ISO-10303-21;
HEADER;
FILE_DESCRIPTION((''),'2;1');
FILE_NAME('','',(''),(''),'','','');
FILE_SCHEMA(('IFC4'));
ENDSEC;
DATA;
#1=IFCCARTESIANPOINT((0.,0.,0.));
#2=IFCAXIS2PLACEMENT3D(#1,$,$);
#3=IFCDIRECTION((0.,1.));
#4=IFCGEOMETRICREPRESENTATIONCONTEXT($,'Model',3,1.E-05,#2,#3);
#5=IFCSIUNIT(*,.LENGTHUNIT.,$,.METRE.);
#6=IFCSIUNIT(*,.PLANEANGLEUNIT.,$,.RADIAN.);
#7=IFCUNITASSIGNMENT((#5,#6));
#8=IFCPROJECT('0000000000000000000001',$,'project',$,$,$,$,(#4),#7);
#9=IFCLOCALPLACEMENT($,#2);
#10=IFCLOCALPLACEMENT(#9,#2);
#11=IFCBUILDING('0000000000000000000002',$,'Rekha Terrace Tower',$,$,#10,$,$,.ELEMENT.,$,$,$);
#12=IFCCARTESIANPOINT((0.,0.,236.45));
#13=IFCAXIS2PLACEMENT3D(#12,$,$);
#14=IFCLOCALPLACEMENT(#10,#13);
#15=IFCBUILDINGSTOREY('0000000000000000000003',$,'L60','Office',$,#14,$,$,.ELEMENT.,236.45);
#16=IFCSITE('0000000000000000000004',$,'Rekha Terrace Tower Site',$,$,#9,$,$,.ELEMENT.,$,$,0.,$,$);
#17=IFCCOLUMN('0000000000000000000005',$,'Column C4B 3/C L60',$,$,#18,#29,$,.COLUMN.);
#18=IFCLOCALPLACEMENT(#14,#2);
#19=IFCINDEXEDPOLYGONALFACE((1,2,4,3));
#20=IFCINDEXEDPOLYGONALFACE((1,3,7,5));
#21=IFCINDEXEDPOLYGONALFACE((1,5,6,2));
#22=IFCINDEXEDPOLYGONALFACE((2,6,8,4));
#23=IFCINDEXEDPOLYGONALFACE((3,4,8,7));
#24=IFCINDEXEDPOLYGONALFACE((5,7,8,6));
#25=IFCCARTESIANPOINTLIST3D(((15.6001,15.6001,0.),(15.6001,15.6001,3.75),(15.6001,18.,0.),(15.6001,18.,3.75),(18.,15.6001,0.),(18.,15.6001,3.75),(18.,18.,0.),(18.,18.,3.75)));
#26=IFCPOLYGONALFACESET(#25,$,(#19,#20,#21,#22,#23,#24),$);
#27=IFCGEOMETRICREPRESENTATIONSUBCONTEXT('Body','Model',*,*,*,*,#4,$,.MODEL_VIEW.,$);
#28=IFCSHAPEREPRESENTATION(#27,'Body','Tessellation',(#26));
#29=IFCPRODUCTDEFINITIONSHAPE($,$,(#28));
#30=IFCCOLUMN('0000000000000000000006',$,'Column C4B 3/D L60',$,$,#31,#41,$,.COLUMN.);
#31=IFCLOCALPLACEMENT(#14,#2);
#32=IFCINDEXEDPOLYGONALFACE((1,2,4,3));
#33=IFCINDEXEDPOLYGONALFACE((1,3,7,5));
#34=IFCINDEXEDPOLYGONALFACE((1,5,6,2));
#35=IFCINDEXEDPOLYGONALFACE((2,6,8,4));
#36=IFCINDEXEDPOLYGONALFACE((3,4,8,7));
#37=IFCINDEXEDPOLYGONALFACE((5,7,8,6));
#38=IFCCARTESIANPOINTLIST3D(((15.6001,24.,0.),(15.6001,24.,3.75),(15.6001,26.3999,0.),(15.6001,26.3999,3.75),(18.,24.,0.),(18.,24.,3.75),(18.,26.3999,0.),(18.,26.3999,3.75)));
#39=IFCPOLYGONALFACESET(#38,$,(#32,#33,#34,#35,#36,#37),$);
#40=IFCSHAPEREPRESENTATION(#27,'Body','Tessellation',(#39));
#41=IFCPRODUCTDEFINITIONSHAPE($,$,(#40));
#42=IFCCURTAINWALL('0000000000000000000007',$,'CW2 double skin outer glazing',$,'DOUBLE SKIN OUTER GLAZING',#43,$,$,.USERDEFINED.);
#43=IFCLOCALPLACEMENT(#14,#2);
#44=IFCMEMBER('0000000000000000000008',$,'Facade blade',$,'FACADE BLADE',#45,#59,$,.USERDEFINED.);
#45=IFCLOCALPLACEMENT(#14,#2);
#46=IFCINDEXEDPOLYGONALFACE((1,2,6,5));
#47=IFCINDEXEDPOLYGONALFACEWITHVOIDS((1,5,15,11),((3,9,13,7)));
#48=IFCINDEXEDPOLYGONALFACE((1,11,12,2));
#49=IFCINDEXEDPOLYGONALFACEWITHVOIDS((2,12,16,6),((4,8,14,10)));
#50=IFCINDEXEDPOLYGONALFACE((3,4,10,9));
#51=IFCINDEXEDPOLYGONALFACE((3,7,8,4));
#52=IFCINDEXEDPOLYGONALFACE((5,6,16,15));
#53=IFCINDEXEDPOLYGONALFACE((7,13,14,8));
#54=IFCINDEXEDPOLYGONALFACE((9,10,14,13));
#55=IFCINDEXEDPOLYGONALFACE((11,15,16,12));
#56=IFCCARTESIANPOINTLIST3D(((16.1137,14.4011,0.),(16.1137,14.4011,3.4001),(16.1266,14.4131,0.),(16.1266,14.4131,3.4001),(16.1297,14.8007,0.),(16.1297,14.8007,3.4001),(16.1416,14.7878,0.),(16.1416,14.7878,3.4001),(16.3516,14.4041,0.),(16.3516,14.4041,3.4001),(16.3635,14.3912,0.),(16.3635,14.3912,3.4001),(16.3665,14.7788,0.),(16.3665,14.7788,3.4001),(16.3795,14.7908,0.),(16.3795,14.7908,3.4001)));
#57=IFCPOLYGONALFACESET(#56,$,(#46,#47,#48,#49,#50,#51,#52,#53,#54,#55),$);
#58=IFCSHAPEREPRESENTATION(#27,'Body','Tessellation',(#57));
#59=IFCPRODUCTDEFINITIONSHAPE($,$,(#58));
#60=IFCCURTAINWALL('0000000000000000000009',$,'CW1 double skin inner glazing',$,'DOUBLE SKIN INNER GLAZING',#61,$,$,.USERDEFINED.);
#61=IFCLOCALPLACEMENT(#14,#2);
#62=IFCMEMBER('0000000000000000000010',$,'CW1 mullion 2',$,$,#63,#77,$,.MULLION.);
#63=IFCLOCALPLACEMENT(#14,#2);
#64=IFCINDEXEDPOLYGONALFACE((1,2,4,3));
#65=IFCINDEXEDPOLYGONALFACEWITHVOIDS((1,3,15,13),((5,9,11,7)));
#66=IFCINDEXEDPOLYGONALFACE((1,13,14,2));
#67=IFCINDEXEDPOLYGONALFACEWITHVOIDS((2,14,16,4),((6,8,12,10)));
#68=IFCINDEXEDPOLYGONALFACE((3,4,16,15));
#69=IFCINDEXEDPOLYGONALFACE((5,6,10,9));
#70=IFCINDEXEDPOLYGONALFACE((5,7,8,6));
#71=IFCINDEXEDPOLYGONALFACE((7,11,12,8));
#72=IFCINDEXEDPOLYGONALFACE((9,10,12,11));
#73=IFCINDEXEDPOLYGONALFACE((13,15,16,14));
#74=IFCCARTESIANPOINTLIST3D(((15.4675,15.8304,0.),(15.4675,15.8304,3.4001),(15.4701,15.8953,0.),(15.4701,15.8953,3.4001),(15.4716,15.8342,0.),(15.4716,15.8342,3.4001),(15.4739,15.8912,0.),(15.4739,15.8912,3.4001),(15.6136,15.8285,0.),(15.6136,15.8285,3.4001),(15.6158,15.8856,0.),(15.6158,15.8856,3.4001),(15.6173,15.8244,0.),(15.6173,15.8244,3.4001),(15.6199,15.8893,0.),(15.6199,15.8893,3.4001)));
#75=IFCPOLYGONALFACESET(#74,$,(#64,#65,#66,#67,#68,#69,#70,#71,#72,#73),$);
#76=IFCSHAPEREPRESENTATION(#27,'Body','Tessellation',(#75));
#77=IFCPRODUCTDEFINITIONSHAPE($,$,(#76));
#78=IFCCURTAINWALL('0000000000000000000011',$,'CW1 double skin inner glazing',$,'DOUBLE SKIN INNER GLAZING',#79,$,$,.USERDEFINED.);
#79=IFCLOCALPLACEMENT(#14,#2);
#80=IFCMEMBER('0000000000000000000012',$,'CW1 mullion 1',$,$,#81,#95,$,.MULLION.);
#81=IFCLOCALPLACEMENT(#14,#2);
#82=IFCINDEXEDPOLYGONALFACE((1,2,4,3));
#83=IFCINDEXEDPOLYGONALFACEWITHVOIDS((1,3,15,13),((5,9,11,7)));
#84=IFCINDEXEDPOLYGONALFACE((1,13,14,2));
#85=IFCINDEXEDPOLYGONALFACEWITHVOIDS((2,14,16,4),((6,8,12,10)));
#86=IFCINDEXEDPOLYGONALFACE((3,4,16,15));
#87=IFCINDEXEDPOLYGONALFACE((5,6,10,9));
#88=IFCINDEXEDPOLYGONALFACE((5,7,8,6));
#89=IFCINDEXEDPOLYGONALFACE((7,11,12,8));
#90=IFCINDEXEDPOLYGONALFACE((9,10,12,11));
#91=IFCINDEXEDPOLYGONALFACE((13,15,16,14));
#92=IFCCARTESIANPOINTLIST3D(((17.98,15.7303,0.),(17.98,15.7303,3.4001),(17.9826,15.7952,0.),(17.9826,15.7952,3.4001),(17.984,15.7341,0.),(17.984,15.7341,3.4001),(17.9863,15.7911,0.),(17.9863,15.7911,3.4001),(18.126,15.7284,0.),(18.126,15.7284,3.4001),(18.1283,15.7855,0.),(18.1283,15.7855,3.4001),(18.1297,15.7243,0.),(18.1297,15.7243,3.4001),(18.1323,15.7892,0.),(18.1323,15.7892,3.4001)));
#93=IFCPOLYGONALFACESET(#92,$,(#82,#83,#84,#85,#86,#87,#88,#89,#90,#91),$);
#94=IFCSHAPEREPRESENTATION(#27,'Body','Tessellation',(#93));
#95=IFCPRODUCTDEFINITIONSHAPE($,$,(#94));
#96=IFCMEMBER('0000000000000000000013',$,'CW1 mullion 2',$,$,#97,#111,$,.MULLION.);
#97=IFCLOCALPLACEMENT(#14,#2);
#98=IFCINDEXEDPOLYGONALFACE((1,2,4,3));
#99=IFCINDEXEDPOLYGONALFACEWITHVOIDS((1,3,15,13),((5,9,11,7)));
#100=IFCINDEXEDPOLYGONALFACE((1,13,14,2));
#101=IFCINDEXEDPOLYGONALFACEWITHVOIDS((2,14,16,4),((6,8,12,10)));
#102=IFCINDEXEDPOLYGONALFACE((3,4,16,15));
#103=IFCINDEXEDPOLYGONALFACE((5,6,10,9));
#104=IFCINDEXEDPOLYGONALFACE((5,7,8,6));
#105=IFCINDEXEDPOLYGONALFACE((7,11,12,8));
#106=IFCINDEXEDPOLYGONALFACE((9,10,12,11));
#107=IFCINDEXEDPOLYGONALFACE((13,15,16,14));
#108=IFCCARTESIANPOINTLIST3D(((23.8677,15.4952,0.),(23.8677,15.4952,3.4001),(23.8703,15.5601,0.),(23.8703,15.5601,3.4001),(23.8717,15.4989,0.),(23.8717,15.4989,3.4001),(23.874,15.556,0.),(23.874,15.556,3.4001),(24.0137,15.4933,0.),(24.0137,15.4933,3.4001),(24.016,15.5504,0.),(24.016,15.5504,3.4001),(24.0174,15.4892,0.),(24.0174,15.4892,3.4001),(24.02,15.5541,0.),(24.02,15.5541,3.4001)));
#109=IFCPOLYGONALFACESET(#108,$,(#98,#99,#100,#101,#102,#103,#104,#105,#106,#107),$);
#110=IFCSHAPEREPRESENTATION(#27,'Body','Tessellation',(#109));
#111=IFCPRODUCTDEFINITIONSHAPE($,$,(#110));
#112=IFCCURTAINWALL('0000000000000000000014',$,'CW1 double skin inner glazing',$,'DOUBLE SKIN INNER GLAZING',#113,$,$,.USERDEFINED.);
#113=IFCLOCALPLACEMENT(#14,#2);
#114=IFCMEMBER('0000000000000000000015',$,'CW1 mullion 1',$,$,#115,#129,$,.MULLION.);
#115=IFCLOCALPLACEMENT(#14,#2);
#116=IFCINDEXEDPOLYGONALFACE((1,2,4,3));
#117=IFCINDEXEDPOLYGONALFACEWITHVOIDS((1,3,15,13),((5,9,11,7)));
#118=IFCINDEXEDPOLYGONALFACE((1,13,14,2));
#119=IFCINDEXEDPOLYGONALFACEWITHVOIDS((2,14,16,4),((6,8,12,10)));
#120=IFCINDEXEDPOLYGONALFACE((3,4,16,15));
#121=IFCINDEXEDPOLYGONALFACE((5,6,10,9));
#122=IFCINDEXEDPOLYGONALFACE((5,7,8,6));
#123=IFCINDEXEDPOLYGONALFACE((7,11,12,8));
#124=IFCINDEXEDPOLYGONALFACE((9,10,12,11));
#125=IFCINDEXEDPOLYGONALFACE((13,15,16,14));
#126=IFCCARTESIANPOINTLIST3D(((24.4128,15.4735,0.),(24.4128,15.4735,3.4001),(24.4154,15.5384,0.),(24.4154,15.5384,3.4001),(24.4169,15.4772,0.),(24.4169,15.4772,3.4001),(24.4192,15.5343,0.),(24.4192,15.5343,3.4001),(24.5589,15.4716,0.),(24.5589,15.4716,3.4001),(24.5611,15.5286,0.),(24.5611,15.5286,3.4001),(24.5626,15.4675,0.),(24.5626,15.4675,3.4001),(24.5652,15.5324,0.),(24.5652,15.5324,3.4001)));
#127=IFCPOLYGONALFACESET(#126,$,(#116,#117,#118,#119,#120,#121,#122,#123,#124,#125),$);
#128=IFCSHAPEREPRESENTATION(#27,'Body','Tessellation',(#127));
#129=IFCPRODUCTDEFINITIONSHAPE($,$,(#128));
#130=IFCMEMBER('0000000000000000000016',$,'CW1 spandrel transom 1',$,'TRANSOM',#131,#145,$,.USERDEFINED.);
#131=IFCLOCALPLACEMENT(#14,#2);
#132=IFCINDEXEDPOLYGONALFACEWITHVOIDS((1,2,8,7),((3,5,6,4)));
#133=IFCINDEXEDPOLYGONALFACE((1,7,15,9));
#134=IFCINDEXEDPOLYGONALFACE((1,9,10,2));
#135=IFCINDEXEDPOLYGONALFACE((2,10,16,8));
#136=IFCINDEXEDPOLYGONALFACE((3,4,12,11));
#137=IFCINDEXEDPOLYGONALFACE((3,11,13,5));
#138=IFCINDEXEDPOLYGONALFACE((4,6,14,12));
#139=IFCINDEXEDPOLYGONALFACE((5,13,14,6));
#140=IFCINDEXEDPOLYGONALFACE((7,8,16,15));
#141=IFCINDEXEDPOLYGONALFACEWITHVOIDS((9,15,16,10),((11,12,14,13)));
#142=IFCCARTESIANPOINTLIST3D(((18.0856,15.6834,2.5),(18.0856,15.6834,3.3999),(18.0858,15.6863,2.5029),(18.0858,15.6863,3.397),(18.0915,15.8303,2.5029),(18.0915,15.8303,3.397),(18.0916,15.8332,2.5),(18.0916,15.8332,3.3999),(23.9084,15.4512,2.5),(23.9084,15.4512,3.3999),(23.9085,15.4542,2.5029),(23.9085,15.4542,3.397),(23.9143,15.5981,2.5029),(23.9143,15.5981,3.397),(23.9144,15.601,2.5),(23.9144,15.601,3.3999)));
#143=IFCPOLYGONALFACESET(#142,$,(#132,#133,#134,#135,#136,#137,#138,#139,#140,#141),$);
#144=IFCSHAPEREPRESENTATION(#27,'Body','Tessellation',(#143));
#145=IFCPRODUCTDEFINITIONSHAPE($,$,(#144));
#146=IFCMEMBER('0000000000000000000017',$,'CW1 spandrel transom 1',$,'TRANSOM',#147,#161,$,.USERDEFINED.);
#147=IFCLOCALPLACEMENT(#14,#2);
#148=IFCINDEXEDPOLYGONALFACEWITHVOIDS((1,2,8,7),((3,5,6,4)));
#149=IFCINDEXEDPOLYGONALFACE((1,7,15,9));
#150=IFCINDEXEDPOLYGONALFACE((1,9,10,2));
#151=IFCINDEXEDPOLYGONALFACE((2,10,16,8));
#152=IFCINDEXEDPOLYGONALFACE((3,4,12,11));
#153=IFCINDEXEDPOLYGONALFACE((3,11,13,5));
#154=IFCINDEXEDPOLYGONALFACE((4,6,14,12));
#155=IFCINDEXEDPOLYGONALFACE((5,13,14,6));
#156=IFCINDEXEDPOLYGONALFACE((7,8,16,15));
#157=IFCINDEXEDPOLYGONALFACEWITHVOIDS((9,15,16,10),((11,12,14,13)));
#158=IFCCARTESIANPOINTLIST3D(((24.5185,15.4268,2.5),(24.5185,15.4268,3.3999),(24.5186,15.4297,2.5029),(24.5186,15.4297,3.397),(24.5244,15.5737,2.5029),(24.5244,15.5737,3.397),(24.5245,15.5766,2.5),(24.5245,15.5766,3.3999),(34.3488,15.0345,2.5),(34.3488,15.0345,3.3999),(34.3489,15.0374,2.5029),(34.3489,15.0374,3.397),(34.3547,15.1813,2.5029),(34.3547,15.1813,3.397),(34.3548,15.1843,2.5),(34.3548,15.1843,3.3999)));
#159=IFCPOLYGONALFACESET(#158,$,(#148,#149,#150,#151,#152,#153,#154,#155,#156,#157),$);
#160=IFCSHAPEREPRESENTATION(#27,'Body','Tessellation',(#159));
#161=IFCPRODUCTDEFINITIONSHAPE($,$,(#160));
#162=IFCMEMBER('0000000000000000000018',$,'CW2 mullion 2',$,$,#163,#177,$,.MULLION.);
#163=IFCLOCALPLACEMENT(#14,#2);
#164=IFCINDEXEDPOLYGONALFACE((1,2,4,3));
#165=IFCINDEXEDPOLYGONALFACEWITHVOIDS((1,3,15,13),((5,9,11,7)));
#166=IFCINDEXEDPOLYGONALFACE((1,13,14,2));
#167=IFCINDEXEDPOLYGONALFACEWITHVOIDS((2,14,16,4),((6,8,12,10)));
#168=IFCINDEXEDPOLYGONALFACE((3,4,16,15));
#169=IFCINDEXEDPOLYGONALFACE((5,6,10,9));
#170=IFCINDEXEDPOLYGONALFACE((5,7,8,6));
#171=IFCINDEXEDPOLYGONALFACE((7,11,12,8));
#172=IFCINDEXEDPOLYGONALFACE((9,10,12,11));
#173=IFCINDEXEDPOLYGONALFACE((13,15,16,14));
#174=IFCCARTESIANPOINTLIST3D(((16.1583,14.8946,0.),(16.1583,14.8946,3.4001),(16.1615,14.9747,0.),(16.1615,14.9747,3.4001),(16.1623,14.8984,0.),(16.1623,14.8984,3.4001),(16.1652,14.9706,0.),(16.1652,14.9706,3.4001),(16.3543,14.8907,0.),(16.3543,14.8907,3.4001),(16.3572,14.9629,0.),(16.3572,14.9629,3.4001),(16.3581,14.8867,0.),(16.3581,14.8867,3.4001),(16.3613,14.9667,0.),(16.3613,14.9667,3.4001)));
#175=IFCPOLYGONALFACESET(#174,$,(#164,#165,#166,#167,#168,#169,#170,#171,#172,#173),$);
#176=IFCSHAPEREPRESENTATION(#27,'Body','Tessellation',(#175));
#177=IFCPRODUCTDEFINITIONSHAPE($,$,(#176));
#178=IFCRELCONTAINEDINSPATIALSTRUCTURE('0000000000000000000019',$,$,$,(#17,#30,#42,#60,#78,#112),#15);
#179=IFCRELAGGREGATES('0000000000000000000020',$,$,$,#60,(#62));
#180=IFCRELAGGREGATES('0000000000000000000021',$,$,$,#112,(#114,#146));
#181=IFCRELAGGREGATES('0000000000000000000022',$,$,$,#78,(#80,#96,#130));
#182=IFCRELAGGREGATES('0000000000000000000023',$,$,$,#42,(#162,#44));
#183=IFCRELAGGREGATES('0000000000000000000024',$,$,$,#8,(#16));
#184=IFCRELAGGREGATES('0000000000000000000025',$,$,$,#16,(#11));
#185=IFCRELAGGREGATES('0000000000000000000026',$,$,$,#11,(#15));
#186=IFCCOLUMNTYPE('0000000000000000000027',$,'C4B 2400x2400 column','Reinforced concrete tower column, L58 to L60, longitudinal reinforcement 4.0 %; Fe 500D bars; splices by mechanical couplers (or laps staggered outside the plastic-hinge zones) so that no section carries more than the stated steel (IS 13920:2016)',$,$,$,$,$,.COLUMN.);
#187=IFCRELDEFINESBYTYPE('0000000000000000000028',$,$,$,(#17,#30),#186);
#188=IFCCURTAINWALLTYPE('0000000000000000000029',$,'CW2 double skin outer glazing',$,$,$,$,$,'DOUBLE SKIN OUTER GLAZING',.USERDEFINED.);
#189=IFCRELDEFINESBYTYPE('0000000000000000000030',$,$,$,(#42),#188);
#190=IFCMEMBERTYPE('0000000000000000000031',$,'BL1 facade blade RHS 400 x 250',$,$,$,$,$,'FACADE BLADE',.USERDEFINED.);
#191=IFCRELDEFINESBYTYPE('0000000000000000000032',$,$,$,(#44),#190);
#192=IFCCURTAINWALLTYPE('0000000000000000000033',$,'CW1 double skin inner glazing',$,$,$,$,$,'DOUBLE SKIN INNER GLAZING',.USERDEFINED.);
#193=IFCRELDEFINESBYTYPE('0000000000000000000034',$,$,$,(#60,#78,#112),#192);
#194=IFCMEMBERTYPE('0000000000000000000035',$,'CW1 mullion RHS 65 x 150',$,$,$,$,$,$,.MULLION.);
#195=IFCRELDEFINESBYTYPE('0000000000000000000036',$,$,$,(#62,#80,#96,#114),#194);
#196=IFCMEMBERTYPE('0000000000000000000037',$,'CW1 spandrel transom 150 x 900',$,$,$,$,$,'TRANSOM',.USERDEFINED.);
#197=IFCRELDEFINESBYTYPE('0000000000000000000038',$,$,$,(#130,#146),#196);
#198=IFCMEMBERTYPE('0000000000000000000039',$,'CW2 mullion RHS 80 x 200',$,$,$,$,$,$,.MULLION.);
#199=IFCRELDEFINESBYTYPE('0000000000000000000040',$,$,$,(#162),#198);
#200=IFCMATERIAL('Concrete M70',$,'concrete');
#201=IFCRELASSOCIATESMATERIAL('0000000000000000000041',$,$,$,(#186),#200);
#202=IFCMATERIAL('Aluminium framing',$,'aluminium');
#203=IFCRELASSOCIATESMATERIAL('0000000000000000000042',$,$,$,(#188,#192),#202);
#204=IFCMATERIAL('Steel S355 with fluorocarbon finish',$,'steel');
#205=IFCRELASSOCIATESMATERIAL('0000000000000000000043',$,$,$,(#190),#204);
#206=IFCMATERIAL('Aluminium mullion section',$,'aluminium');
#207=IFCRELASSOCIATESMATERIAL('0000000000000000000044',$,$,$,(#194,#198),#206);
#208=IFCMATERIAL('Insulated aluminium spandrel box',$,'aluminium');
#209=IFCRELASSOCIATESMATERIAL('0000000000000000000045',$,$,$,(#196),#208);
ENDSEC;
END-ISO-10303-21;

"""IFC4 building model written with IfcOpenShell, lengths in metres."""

from ifc_helpers import new_model, si_unit, direction, frame, origin, origin_2d, place, context, subcontext, project, spatial, rectangle, hollow_rectangle, extrude, material, material_profile, profile_set, type_object, element, aggregate, save


model = new_model("IFC4")

# Units and contexts
model_context = context("Model", 3, precision=1e-05, world=origin(), true_north=direction((0.0, 1.0)))
body_context = subcontext(model_context, "Body", "Model", "MODEL_VIEW")
ifc_project = project(units=[si_unit("LENGTHUNIT", "METRE"), si_unit("PLANEANGLEUNIT", "RADIAN")], contexts=[model_context])

# Site, building, storey
site_placement = place(None, origin())
site = spatial("IfcSite", under=ifc_project, at=site_placement, Name="Rekha Terrace Tower Site", CompositionType="ELEMENT", RefElevation=0.0)
building_placement = place(site_placement, origin())
building = spatial("IfcBuilding", under=site, at=building_placement, Name="Rekha Terrace Tower", CompositionType="ELEMENT")
storey_placement = place(building_placement, frame((0.0, 0.0, 236.45)))
storey = spatial("IfcBuildingStorey", under=building, at=storey_placement, Name="L60", Description="Office", CompositionType="ELEMENT", Elevation=236.45)

# Columns
ifc_material_1 = material(Name="Concrete M70", Category="concrete")
ifc_material_profile_1 = material_profile(ifc_material_1, rectangle(XDim=2.3999, YDim=2.3999, at=origin_2d()), Name="RC 2400x2400")
ifc_profile_set_1 = profile_set([ifc_material_profile_1], Name="Concrete M70")
column_type = type_object("IfcColumnType", Name="C4B 2400x2400 column", Description="Reinforced concrete tower column, L58 to L60, longitudinal reinforcement 4.0 %; Fe 500D bars; splices by mechanical couplers (or laps staggered outside the plastic-hinge zones) so that no section carries more than the stated steel (IS 13920:2016)", PredefinedType="COLUMN", material=ifc_profile_set_1)
for number, where, z_axis, x_axis, name in (
    (1, (16.8, 16.8, 0.0), (0.0, 0.0, 1.0), (1.0, 0.0, 0.0), "Column C4B 3/C L60"),
    (2, (16.8, 25.2, 0.0), (0.0, 0.0, 1.0), (1.0, 0.0, 0.0), "Column C4B 3/D L60"),
):
    element("IfcColumn", number, at=place(storey_placement, frame(where, z_axis=z_axis, x_axis=x_axis)), inside=storey, type_object=column_type, Name=name, PredefinedType="COLUMN", context=body_context, shape_type="SweptSolid", body=[
        extrude(rectangle(XDim=2.3999, YDim=2.3999, at=origin_2d()), origin(), (0.0, 0.0, 1.0), 3.75),
    ])

# Curtain walls, members
ifc_material_2 = material(Name="Aluminium framing", Category="aluminium")
curtain_wall_type_1 = type_object("IfcCurtainWallType", Name="CW2 double skin outer glazing", ElementType="DOUBLE SKIN OUTER GLAZING", PredefinedType="USERDEFINED", material=ifc_material_2)
curtain_wall_1_placement = place(storey_placement, origin())
curtain_wall_1 = element("IfcCurtainWall", 3, at=curtain_wall_1_placement, inside=storey, type_object=curtain_wall_type_1, Name="CW2 double skin outer glazing", ObjectType="DOUBLE SKIN OUTER GLAZING", PredefinedType="USERDEFINED")
ifc_material_3 = material(Name="Steel S355 with fluorocarbon finish", Category="steel")
ifc_material_profile_2 = material_profile(ifc_material_3, hollow_rectangle(XDim=0.25, YDim=0.3999, WallThickness=0.0125, at=origin_2d()), Name="RHS400x250x12.5")
ifc_profile_set_2 = profile_set([ifc_material_profile_2], Name="Steel S355 with fluorocarbon finish")
member_type_1 = type_object("IfcMemberType", Name="BL1 facade blade RHS 400 x 250", ElementType="FACADE BLADE", PredefinedType="USERDEFINED", material=ifc_profile_set_2)
member_1_placement = place(storey_placement, frame((16.2466, 14.5959, 0.0), z_axis=(0.0, 0.0, 1.0), x_axis=(0.999205, -0.039872, 0.0)))
member_1 = element("IfcMember", 4, at=member_1_placement, type_object=member_type_1, Name="Facade blade", ObjectType="FACADE BLADE", PredefinedType="USERDEFINED", context=body_context, shape_type="SweptSolid", body=[
    extrude(hollow_rectangle(XDim=0.25, YDim=0.3999, WallThickness=0.0125, at=origin_2d()), origin(), (0.0, 0.0, 1.0), 3.4001),
])
curtain_wall_type_2 = type_object("IfcCurtainWallType", Name="CW1 double skin inner glazing", ElementType="DOUBLE SKIN INNER GLAZING", PredefinedType="USERDEFINED", material=ifc_material_2)
curtain_wall_2_placement = place(storey_placement, origin())
curtain_wall_2 = element("IfcCurtainWall", 5, at=curtain_wall_2_placement, inside=storey, type_object=curtain_wall_type_2, Name="CW1 double skin inner glazing", ObjectType="DOUBLE SKIN INNER GLAZING", PredefinedType="USERDEFINED")
ifc_material_4 = material(Name="Aluminium mullion section", Category="aluminium")
ifc_material_profile_3 = material_profile(ifc_material_4, hollow_rectangle(XDim=0.0649, YDim=0.1499, WallThickness=0.0039, at=origin_2d()), Name="AL RHS 65x150")
ifc_profile_set_3 = profile_set([ifc_material_profile_3], Name="Aluminium mullion section")
member_type_2 = type_object("IfcMemberType", Name="CW1 mullion RHS 65 x 150", PredefinedType="MULLION", material=ifc_profile_set_3)
member_2_placement = place(storey_placement, frame((15.5437, 15.8599, 0.0), z_axis=(0.0, 0.0, 1.0), x_axis=(0.039872, 0.999205, 0.0)))
member_2 = element("IfcMember", 6, at=member_2_placement, type_object=member_type_2, Name="CW1 mullion 2", PredefinedType="MULLION", context=body_context, shape_type="SweptSolid", body=[
    extrude(hollow_rectangle(XDim=0.0649, YDim=0.1499, WallThickness=0.0039, at=origin_2d()), origin(), (0.0, 0.0, 1.0), 3.4001),
])
aggregate(curtain_wall_2, [member_2])

# Curtain wall, members
curtain_wall_3_placement = place(storey_placement, origin())
curtain_wall_3 = element("IfcCurtainWall", 7, at=curtain_wall_3_placement, inside=storey, type_object=curtain_wall_type_2, Name="CW1 double skin inner glazing", ObjectType="DOUBLE SKIN INNER GLAZING", PredefinedType="USERDEFINED")
member_3_placement = place(storey_placement, frame((18.0562, 15.7598, 0.0), z_axis=(0.0, 0.0, 1.0), x_axis=(0.039872, 0.999205, 0.0)))
member_3 = element("IfcMember", 8, at=member_3_placement, type_object=member_type_2, Name="CW1 mullion 1", PredefinedType="MULLION", context=body_context, shape_type="SweptSolid", body=[
    extrude(hollow_rectangle(XDim=0.0649, YDim=0.1499, WallThickness=0.0039, at=origin_2d()), origin(), (0.0, 0.0, 1.0), 3.4001),
])
member_4_placement = place(storey_placement, frame((23.9438, 15.5247, 0.0), z_axis=(0.0, 0.0, 1.0), x_axis=(0.039872, 0.999205, 0.0)))
member_4 = element("IfcMember", 9, at=member_4_placement, type_object=member_type_2, Name="CW1 mullion 2", PredefinedType="MULLION", context=body_context, shape_type="SweptSolid", body=[
    extrude(hollow_rectangle(XDim=0.0649, YDim=0.1499, WallThickness=0.0039, at=origin_2d()), origin(), (0.0, 0.0, 1.0), 3.4001),
])

# Curtain wall, member
curtain_wall_4_placement = place(storey_placement, origin())
curtain_wall_4 = element("IfcCurtainWall", 10, at=curtain_wall_4_placement, inside=storey, type_object=curtain_wall_type_2, Name="CW1 double skin inner glazing", ObjectType="DOUBLE SKIN INNER GLAZING", PredefinedType="USERDEFINED")
member_5_placement = place(storey_placement, frame((24.489, 15.5029, 0.0), z_axis=(0.0, 0.0, 1.0), x_axis=(0.039872, 0.999205, 0.0)))
member_5 = element("IfcMember", 11, at=member_5_placement, type_object=member_type_2, Name="CW1 mullion 1", PredefinedType="MULLION", context=body_context, shape_type="SweptSolid", body=[
    extrude(hollow_rectangle(XDim=0.0649, YDim=0.1499, WallThickness=0.0039, at=origin_2d()), origin(), (0.0, 0.0, 1.0), 3.4001),
])

# Members
ifc_material_5 = material(Name="Insulated aluminium spandrel box", Category="aluminium")
ifc_material_profile_4 = material_profile(ifc_material_5, hollow_rectangle(XDim=0.1499, YDim=0.8999, WallThickness=0.0029, at=origin_2d()), Name="AL SPANDREL BOX 150x900")
ifc_profile_set_4 = profile_set([ifc_material_profile_4], Name="Insulated aluminium spandrel box")
member_type_3 = type_object("IfcMemberType", Name="CW1 spandrel transom 150 x 900", ElementType="TRANSOM", PredefinedType="USERDEFINED", material=ifc_profile_set_4)
member_6_placement = place(storey_placement, frame((18.0886, 15.7583, 2.95), z_axis=(0.999206, -0.039843, 0.0), x_axis=(0.039843, 0.999206, 0.0)))
member_6 = element("IfcMember", 12, at=member_6_placement, type_object=member_type_3, Name="CW1 spandrel transom 1", ObjectType="TRANSOM", PredefinedType="USERDEFINED", context=body_context, shape_type="SweptSolid", body=[
    extrude(hollow_rectangle(XDim=0.1499, YDim=0.8999, WallThickness=0.0029, at=origin_2d()), origin(), (0.0, 0.0, 1.0), 5.8274),
])
member_7_placement = place(storey_placement, frame((24.5215, 15.5017, 2.95), z_axis=(0.999205, -0.039879, 0.0), x_axis=(0.039879, 0.999205, 0.0)))
member_7 = element("IfcMember", 13, at=member_7_placement, type_object=member_type_3, Name="CW1 spandrel transom 1", ObjectType="TRANSOM", PredefinedType="USERDEFINED", context=body_context, shape_type="SweptSolid", body=[
    extrude(hollow_rectangle(XDim=0.1499, YDim=0.8999, WallThickness=0.0029, at=origin_2d()), origin(), (0.0, 0.0, 1.0), 9.8381),
])
aggregate(curtain_wall_4, [member_5, member_7])
ifc_material_profile_5 = material_profile(ifc_material_4, hollow_rectangle(XDim=0.0801, YDim=0.2, WallThickness=0.0039, at=origin_2d()), Name="AL RHS 80x200")
ifc_profile_set_5 = profile_set([ifc_material_profile_5], Name="Aluminium mullion section")
member_type_4 = type_object("IfcMemberType", Name="CW2 mullion RHS 80 x 200", PredefinedType="MULLION", material=ifc_profile_set_5)
member_8_placement = place(storey_placement, frame((16.2598, 14.9307, 0.0), z_axis=(0.0, 0.0, 1.0), x_axis=(0.039872, 0.999205, 0.0)))
member_8 = element("IfcMember", 14, at=member_8_placement, type_object=member_type_4, Name="CW2 mullion 2", PredefinedType="MULLION", context=body_context, shape_type="SweptSolid", body=[
    extrude(hollow_rectangle(XDim=0.0801, YDim=0.2, WallThickness=0.0039, at=origin_2d()), origin(), (0.0, 0.0, 1.0), 3.4001),
])

aggregate(curtain_wall_3, [member_3, member_4, member_6])
aggregate(curtain_wall_1, [member_8, member_1])

save(model, "model.ifc")
